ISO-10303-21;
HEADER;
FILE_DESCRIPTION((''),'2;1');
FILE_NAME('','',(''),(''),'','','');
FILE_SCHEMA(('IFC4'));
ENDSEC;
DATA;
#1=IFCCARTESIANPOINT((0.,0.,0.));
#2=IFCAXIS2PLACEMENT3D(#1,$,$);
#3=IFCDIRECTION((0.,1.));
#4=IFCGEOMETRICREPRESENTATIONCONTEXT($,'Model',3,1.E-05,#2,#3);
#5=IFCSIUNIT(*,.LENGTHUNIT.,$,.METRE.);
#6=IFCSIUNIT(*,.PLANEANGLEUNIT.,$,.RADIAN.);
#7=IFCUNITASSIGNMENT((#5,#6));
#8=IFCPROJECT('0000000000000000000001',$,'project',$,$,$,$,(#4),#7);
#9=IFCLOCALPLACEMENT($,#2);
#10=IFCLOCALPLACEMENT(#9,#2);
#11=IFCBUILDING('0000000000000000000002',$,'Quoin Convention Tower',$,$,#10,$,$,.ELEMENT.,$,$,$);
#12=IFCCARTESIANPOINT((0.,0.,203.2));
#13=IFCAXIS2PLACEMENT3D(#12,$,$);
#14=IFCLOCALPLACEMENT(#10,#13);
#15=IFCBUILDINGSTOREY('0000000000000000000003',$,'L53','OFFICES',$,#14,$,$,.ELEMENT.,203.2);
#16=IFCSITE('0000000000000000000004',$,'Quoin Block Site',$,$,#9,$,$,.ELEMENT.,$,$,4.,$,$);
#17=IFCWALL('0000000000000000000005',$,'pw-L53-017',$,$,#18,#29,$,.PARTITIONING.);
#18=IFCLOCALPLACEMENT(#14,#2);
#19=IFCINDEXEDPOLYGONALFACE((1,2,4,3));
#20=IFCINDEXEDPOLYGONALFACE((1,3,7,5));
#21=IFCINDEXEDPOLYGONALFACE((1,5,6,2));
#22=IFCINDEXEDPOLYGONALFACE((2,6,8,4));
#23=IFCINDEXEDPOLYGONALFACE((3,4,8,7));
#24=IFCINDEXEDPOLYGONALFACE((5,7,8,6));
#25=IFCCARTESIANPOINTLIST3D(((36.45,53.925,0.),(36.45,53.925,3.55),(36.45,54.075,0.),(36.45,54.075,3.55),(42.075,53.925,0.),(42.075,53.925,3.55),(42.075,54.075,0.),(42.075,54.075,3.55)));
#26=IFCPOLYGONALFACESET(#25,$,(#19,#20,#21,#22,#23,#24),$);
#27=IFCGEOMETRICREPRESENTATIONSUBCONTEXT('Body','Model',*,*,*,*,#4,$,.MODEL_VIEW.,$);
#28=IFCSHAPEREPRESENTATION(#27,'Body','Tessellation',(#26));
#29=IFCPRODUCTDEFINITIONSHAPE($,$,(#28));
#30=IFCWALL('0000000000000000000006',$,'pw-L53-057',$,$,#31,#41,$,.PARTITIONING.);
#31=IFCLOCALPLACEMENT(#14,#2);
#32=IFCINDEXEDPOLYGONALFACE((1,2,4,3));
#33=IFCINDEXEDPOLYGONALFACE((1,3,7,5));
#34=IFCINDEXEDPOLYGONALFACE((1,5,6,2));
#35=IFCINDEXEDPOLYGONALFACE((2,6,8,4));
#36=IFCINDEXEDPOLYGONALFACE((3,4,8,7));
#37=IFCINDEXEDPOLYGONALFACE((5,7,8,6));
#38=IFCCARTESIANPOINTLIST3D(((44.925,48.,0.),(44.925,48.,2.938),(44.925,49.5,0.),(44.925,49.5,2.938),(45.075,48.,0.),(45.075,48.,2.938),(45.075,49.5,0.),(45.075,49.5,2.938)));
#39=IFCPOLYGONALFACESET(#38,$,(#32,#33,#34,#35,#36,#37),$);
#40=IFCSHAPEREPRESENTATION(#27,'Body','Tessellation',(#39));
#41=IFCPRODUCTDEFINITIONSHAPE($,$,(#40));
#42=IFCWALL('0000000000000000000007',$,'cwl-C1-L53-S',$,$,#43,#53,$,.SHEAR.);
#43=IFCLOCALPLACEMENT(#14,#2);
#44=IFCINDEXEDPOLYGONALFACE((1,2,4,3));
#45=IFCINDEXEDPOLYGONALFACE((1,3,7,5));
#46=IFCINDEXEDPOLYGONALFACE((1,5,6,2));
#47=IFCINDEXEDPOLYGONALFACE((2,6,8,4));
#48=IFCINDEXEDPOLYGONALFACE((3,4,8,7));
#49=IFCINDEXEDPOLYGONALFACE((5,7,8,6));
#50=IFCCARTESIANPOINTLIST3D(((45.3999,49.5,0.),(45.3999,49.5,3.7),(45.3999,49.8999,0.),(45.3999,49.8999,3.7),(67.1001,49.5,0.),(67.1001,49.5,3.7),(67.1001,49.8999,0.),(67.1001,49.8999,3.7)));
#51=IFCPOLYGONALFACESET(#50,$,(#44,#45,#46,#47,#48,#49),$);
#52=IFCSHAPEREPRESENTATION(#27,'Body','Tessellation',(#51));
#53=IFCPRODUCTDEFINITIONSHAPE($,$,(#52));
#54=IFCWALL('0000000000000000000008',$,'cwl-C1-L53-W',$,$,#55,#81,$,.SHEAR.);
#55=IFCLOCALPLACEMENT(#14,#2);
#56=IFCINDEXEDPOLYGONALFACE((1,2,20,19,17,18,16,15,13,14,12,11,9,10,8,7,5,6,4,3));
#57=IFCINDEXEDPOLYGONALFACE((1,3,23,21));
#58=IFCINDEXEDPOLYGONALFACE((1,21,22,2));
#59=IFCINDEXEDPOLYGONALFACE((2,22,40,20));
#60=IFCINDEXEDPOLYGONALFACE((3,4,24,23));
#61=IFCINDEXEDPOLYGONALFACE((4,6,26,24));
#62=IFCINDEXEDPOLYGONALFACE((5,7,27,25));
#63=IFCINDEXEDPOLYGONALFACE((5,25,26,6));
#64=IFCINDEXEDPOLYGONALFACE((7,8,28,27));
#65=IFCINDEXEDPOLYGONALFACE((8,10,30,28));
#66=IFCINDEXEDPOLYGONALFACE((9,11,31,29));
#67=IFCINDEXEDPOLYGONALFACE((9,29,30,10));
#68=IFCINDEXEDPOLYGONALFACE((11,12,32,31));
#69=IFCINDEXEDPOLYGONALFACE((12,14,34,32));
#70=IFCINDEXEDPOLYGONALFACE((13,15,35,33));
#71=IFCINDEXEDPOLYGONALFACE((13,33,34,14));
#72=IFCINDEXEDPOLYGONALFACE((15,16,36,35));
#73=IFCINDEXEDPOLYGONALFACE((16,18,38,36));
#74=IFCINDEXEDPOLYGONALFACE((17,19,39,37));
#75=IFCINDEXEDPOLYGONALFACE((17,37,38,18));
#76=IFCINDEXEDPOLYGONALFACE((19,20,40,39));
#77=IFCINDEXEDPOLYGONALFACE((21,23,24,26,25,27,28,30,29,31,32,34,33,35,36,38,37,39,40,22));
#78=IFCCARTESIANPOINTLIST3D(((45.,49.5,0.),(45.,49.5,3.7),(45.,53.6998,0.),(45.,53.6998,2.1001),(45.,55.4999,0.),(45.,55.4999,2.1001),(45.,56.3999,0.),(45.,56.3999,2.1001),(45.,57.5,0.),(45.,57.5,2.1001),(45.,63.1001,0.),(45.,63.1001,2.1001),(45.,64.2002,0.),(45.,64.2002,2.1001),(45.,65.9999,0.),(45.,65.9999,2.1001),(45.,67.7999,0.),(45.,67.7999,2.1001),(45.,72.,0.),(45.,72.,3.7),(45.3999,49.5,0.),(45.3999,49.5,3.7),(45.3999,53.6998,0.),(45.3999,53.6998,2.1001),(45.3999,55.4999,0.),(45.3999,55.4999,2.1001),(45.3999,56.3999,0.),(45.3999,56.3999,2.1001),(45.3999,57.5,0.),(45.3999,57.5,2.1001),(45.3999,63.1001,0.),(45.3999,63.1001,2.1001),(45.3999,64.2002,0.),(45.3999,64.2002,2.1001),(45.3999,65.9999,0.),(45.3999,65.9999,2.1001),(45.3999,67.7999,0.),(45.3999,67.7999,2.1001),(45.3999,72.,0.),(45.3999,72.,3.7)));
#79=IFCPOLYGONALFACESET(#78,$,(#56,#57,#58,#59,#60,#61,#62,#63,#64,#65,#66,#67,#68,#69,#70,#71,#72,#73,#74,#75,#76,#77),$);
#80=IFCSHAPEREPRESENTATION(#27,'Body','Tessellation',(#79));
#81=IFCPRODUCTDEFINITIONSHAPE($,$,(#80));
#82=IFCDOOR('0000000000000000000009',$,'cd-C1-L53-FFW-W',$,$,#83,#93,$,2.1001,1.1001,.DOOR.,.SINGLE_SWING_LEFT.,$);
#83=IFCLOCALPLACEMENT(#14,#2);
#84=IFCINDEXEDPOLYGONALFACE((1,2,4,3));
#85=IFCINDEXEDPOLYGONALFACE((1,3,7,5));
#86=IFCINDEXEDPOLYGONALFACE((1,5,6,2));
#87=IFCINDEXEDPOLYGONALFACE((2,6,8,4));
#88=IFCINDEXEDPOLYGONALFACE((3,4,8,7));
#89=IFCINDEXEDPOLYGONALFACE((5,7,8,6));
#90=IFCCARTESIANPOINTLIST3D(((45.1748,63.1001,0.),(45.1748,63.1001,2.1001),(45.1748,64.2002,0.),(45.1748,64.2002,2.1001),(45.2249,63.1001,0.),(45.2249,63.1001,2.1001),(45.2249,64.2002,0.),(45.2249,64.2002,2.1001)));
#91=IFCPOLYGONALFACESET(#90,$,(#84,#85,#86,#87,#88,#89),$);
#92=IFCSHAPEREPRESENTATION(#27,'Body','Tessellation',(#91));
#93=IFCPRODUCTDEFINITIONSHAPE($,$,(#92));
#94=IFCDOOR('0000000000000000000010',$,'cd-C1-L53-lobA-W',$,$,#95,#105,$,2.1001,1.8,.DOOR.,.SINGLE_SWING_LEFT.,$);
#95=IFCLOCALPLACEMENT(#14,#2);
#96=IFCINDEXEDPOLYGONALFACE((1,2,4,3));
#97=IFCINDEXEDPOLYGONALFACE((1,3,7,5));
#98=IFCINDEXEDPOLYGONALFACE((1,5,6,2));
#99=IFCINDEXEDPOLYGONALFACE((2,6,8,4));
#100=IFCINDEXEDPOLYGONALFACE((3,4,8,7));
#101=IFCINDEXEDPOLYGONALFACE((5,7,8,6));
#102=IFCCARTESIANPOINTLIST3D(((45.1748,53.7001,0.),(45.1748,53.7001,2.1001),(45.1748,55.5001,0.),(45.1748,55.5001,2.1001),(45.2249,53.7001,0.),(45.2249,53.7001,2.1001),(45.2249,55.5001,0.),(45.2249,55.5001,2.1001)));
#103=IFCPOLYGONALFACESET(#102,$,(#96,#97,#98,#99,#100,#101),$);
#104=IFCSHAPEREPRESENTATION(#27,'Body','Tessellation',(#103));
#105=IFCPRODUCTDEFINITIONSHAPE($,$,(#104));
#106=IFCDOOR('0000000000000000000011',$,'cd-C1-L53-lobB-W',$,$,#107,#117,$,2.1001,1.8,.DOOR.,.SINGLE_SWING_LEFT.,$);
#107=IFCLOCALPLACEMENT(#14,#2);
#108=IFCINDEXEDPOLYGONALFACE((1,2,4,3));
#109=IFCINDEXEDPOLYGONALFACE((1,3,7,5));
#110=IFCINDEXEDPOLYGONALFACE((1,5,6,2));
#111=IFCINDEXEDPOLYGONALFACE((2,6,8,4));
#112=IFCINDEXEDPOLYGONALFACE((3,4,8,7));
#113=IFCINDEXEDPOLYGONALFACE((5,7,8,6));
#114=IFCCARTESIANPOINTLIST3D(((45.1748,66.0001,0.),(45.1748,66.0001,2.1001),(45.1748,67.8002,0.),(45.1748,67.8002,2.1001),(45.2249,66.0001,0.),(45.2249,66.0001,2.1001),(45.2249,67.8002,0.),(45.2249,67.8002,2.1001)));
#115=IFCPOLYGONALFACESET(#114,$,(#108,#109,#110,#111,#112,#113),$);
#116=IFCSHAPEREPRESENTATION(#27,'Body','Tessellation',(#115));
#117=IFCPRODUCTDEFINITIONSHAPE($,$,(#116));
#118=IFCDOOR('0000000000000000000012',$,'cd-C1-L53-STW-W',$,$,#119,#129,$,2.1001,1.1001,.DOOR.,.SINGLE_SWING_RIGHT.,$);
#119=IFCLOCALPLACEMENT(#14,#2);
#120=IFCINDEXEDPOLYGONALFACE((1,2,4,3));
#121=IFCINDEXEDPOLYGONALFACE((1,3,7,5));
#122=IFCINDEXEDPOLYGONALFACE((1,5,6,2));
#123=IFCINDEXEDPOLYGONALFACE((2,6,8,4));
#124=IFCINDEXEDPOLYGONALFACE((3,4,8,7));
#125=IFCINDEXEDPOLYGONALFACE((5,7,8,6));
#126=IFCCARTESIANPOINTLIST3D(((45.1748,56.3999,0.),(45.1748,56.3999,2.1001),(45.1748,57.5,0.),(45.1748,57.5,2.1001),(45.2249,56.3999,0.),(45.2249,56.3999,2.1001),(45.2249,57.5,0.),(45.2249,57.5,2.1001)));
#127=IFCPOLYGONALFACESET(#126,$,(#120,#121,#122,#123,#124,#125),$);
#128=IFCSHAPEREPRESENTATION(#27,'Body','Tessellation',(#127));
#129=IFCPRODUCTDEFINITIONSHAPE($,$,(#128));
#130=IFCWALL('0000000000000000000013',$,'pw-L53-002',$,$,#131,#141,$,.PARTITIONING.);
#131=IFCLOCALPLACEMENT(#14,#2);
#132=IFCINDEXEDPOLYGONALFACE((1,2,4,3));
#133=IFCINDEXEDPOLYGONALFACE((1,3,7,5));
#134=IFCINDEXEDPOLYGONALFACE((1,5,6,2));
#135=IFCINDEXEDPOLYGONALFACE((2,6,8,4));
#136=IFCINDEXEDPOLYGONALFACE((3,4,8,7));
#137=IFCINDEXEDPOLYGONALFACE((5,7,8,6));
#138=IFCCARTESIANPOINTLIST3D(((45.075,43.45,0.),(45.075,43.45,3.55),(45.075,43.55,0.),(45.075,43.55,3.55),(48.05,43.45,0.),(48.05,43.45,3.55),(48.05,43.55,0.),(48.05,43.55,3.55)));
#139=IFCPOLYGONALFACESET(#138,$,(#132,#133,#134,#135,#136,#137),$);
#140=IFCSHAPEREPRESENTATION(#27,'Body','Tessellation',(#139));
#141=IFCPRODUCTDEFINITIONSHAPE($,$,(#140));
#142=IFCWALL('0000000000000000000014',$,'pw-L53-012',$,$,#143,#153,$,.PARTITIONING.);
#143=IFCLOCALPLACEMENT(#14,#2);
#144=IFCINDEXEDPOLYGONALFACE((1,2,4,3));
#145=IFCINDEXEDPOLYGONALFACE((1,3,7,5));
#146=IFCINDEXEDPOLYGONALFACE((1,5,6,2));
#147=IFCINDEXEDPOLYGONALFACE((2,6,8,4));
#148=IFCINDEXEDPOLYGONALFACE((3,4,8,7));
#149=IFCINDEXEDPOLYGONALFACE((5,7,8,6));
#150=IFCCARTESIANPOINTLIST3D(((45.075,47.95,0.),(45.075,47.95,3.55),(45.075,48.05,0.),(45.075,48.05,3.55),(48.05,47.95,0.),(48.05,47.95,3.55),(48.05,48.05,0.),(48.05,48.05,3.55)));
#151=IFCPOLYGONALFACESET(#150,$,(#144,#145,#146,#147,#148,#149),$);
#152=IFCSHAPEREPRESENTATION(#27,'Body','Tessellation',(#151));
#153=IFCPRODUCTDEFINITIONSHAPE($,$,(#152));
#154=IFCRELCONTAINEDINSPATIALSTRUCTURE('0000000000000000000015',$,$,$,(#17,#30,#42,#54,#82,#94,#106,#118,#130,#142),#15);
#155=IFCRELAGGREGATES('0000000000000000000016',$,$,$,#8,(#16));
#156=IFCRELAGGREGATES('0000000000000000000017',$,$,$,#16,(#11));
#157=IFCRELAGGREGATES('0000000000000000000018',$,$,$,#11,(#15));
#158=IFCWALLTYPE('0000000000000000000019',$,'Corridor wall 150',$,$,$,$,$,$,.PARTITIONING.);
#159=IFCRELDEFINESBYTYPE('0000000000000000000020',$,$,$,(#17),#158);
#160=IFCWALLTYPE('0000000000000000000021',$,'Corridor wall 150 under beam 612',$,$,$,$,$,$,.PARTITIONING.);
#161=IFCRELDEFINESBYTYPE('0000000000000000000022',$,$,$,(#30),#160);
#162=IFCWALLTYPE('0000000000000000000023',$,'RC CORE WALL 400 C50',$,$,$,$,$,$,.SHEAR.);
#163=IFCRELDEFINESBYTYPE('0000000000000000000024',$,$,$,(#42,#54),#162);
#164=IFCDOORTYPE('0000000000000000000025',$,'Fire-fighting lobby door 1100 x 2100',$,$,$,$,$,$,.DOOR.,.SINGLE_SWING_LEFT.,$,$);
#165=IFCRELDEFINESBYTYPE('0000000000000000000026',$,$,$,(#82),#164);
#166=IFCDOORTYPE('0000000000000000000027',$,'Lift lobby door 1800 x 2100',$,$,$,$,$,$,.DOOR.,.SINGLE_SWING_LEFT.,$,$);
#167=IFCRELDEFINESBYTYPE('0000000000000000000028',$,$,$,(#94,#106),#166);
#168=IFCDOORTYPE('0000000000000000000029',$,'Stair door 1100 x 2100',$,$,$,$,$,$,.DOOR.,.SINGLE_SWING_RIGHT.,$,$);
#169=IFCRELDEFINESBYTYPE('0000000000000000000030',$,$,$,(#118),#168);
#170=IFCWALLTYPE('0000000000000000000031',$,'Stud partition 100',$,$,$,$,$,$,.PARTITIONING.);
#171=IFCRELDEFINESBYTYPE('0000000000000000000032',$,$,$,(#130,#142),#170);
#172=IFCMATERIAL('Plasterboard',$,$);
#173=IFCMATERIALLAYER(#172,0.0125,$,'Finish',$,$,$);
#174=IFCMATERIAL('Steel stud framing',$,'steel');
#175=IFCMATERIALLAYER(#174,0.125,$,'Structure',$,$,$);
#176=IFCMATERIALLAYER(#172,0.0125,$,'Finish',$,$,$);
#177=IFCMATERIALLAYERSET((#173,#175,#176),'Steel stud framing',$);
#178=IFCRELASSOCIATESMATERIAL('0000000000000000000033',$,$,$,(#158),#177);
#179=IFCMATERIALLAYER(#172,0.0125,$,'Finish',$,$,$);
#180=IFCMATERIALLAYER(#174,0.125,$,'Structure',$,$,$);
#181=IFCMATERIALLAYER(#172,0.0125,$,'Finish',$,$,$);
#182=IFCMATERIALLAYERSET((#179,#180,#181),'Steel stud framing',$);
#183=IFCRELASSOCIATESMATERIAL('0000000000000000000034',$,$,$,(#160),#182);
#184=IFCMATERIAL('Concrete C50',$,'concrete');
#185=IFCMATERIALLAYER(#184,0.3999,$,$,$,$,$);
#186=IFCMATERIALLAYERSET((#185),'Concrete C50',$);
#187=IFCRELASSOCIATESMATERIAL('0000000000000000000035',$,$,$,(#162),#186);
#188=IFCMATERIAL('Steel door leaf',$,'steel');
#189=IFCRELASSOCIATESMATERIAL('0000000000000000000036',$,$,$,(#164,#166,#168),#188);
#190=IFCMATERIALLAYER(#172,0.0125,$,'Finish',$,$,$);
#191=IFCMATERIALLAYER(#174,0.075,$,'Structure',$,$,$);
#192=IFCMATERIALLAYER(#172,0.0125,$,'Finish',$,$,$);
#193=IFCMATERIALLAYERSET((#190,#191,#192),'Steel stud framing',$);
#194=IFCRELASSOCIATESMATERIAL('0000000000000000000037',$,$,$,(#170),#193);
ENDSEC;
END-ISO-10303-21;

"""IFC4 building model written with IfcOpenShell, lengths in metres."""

from ifc_helpers import new_model, si_unit, direction, frame, frame_2d, origin, place, context, subcontext, project, spatial, rectangle, extrude, material, layer, layer_set, type_object, element, fill, save


model = new_model("IFC4")

# Units and contexts
model_context = context("Model", 3, precision=1e-05, world=origin(), true_north=direction((0.0, 1.0)))
body_context = subcontext(model_context, "Body", "Model", "MODEL_VIEW")
ifc_project = project(units=[si_unit("LENGTHUNIT", "METRE"), si_unit("PLANEANGLEUNIT", "RADIAN")], contexts=[model_context])

# Site, building, storey
site_placement = place(None, origin())
site = spatial("IfcSite", under=ifc_project, at=site_placement, Name="Quoin Block Site", CompositionType="ELEMENT", RefElevation=4.0)
building_placement = place(site_placement, origin())
building = spatial("IfcBuilding", under=site, at=building_placement, Name="Quoin Convention Tower", CompositionType="ELEMENT")
storey_placement = place(building_placement, frame((0.0, 0.0, 203.2)))
storey = spatial("IfcBuildingStorey", under=building, at=storey_placement, Name="L53", Description="OFFICES", CompositionType="ELEMENT", Elevation=203.2)

# Shared definitions
ifc_material_1 = material(Name="Plasterboard")
ifc_material_2 = material(Name="Steel stud framing", Category="steel")
ifc_material_3 = material(Name="Steel door leaf", Category="steel")

# Walls
ifc_material_4 = material(Name="Concrete C50", Category="concrete")
ifc_layer_1 = layer(ifc_material_1, 0.0125, Name="Finish")
ifc_layer_2 = layer(ifc_material_2, 0.125, Name="Structure")
ifc_layer_3 = layer(ifc_material_1, 0.0125, Name="Finish")
ifc_layer_set_1 = layer_set([ifc_layer_1, ifc_layer_2, ifc_layer_3], Name="Steel stud framing")
wall_type_1 = type_object("IfcWallType", Name="Corridor wall 150", PredefinedType="PARTITIONING", material=ifc_layer_set_1)
wall_1_placement = place(storey_placement, frame((36.45, 54.0, 0.0), z_axis=(0.0, 0.0, 1.0), x_axis=(1.0, 0.0, 0.0)))
element("IfcWall", 1, at=wall_1_placement, inside=storey, type_object=wall_type_1, Name="pw-L53-017", PredefinedType="PARTITIONING", context=body_context, shape_type="SweptSolid", body=[
    extrude(rectangle(XDim=5.625, YDim=0.1499, at=frame_2d((2.8125, 0.0))), origin(), (0.0, 0.0, 1.0), 3.55),
])
ifc_layer_4 = layer(ifc_material_1, 0.0125, Name="Finish")
ifc_layer_5 = layer(ifc_material_2, 0.125, Name="Structure")
ifc_layer_6 = layer(ifc_material_1, 0.0125, Name="Finish")
ifc_layer_set_2 = layer_set([ifc_layer_4, ifc_layer_5, ifc_layer_6], Name="Steel stud framing")
wall_type_2 = type_object("IfcWallType", Name="Corridor wall 150 under beam 612", PredefinedType="PARTITIONING", material=ifc_layer_set_2)
wall_2_placement = place(storey_placement, frame((45.0, 48.0, 0.0), z_axis=(0.0, 0.0, 1.0), x_axis=(0.0, 1.0, 0.0)))
element("IfcWall", 2, at=wall_2_placement, inside=storey, type_object=wall_type_2, Name="pw-L53-057", PredefinedType="PARTITIONING", context=body_context, shape_type="SweptSolid", body=[
    extrude(rectangle(XDim=1.5, YDim=0.1499, at=frame_2d((0.75, 0.0))), origin(), (0.0, 0.0, 1.0), 2.938),
])
ifc_layer_7 = layer(ifc_material_4, 0.3999)
ifc_layer_set_3 = layer_set([ifc_layer_7], Name="Concrete C50")
wall_type_3 = type_object("IfcWallType", Name="RC CORE WALL 400 C50", PredefinedType="SHEAR", material=ifc_layer_set_3)
wall_3_placement = place(storey_placement, frame((45.3999, 49.7, 0.0), z_axis=(0.0, 0.0, 1.0), x_axis=(1.0, 0.0, 0.0)))
element("IfcWall", 3, at=wall_3_placement, inside=storey, type_object=wall_type_3, Name="cwl-C1-L53-S", PredefinedType="SHEAR", context=body_context, shape_type="SweptSolid", body=[
    extrude(rectangle(XDim=21.7002, YDim=0.3999, at=frame_2d((10.8501, 0.0))), origin(), (0.0, 0.0, 1.0), 3.7),
])

# Wall, openings, doors
wall_4_placement = place(storey_placement, frame((45.2, 49.5, 0.0), z_axis=(0.0, 0.0, 1.0), x_axis=(0.0, 1.0, 0.0)))
wall_4 = element("IfcWall", 4, at=wall_4_placement, inside=storey, type_object=wall_type_3, Name="cwl-C1-L53-W", PredefinedType="SHEAR", context=body_context, shape_type="SweptSolid", body=[
    extrude(rectangle(XDim=22.5, YDim=0.3999, at=frame_2d((11.25, 0.0))), origin(), (0.0, 0.0, 1.0), 3.7),
])
opening_1_placement = place(wall_4_placement, frame((4.2, 0.0, 0.0)))
opening_1 = element("IfcOpeningElement", 5, at=opening_1_placement, cuts=wall_4, PredefinedType="OPENING", context=body_context, shape_type="SweptSolid", body=[
    extrude(rectangle(XDim=1.8, YDim=2.1001, at=frame_2d((0.8999, 1.05))), frame((0.0, 0.21, 0.0), z_axis=(0.0, -1.0, 0.0), x_axis=(1.0, 0.0, 0.0)), (0.0, 0.0, 1.0), 0.4199),
])
opening_2_placement = place(wall_4_placement, frame((6.8999, 0.0, 0.0)))
opening_2 = element("IfcOpeningElement", 6, at=opening_2_placement, cuts=wall_4, PredefinedType="OPENING", context=body_context, shape_type="SweptSolid", body=[
    extrude(rectangle(XDim=1.1001, YDim=2.1001, at=frame_2d((0.55, 1.05))), frame((0.0, 0.21, 0.0), z_axis=(0.0, -1.0, 0.0), x_axis=(1.0, 0.0, 0.0)), (0.0, 0.0, 1.0), 0.4199),
])
opening_3_placement = place(wall_4_placement, frame((13.6001, 0.0, 0.0)))
opening_3 = element("IfcOpeningElement", 7, at=opening_3_placement, cuts=wall_4, PredefinedType="OPENING", context=body_context, shape_type="SweptSolid", body=[
    extrude(rectangle(XDim=1.1001, YDim=2.1001, at=frame_2d((0.55, 1.05))), frame((0.0, 0.21, 0.0), z_axis=(0.0, -1.0, 0.0), x_axis=(1.0, 0.0, 0.0)), (0.0, 0.0, 1.0), 0.4199),
])
opening_4_placement = place(wall_4_placement, frame((16.5, 0.0, 0.0)))
opening_4 = element("IfcOpeningElement", 8, at=opening_4_placement, cuts=wall_4, PredefinedType="OPENING", context=body_context, shape_type="SweptSolid", body=[
    extrude(rectangle(XDim=1.8, YDim=2.1001, at=frame_2d((0.8999, 1.05))), frame((0.0, 0.21, 0.0), z_axis=(0.0, -1.0, 0.0), x_axis=(1.0, 0.0, 0.0)), (0.0, 0.0, 1.0), 0.4199),
])
door_type_1 = type_object("IfcDoorType", Name="Fire-fighting lobby door 1100 x 2100", OperationType="SINGLE_SWING_LEFT", PredefinedType="DOOR", material=ifc_material_3)
door_1_placement = place(opening_3_placement, frame((1.1001, 0.0, 0.0), z_axis=(0.0, 0.0, 1.0), x_axis=(-1.0, 0.0, 0.0)))
door_1 = element("IfcDoor", 9, at=door_1_placement, inside=storey, type_object=door_type_1, Name="cd-C1-L53-FFW-W", OperationType="SINGLE_SWING_LEFT", OverallHeight=2.1001, OverallWidth=1.1001, PredefinedType="DOOR", context=body_context, shape_type="SweptSolid", body=[
    extrude(rectangle(XDim=1.1001, YDim=2.1001, at=frame_2d((0.55, 1.05))), frame((0.0, 0.0249, 0.0), z_axis=(0.0, -1.0, 0.0), x_axis=(1.0, 0.0, 0.0)), (0.0, 0.0, 1.0), 0.05),
])
fill(opening_3, door_1)
door_type_2 = type_object("IfcDoorType", Name="Lift lobby door 1800 x 2100", OperationType="SINGLE_SWING_LEFT", PredefinedType="DOOR", material=ifc_material_3)
door_2_placement = place(opening_1_placement, frame((1.8, 0.0, 0.0), z_axis=(0.0, 0.0, 1.0), x_axis=(-1.0, 0.0, 0.0)))
door_2 = element("IfcDoor", 10, at=door_2_placement, inside=storey, type_object=door_type_2, Name="cd-C1-L53-lobA-W", OperationType="SINGLE_SWING_LEFT", OverallHeight=2.1001, OverallWidth=1.8, PredefinedType="DOOR", context=body_context, shape_type="SweptSolid", body=[
    extrude(rectangle(XDim=1.8, YDim=2.1001, at=frame_2d((0.8999, 1.05))), frame((0.0, 0.0249, 0.0), z_axis=(0.0, -1.0, 0.0), x_axis=(1.0, 0.0, 0.0)), (0.0, 0.0, 1.0), 0.05),
])
fill(opening_1, door_2)
door_3_placement = place(opening_4_placement, frame((1.8, 0.0, 0.0), z_axis=(0.0, 0.0, 1.0), x_axis=(-1.0, 0.0, 0.0)))
door_3 = element("IfcDoor", 11, at=door_3_placement, inside=storey, type_object=door_type_2, Name="cd-C1-L53-lobB-W", OperationType="SINGLE_SWING_LEFT", OverallHeight=2.1001, OverallWidth=1.8, PredefinedType="DOOR", context=body_context, shape_type="SweptSolid", body=[
    extrude(rectangle(XDim=1.8, YDim=2.1001, at=frame_2d((0.8999, 1.05))), frame((0.0, 0.0249, 0.0), z_axis=(0.0, -1.0, 0.0), x_axis=(1.0, 0.0, 0.0)), (0.0, 0.0, 1.0), 0.05),
])
fill(opening_4, door_3)
door_type_3 = type_object("IfcDoorType", Name="Stair door 1100 x 2100", OperationType="SINGLE_SWING_RIGHT", PredefinedType="DOOR", material=ifc_material_3)
door_4_placement = place(opening_2_placement, frame((1.1001, 0.0, 0.0), z_axis=(0.0, 0.0, 1.0), x_axis=(-1.0, 0.0, 0.0)))
door_4 = element("IfcDoor", 12, at=door_4_placement, inside=storey, type_object=door_type_3, Name="cd-C1-L53-STW-W", OperationType="SINGLE_SWING_RIGHT", OverallHeight=2.1001, OverallWidth=1.1001, PredefinedType="DOOR", context=body_context, shape_type="SweptSolid", body=[
    extrude(rectangle(XDim=1.1001, YDim=2.1001, at=frame_2d((0.55, 1.05))), frame((0.0, 0.0249, 0.0), z_axis=(0.0, -1.0, 0.0), x_axis=(1.0, 0.0, 0.0)), (0.0, 0.0, 1.0), 0.05),
])
fill(opening_2, door_4)

# Walls
ifc_layer_8 = layer(ifc_material_1, 0.0125, Name="Finish")
ifc_layer_9 = layer(ifc_material_2, 0.075, Name="Structure")
ifc_layer_10 = layer(ifc_material_1, 0.0125, Name="Finish")
ifc_layer_set_4 = layer_set([ifc_layer_8, ifc_layer_9, ifc_layer_10], Name="Steel stud framing")
wall_type_4 = type_object("IfcWallType", Name="Stud partition 100", PredefinedType="PARTITIONING", material=ifc_layer_set_4)
for number, where, z_axis, x_axis, name in (
    (13, (45.075, 43.5, 0.0), (0.0, 0.0, 1.0), (1.0, 0.0, 0.0), "pw-L53-002"),
    (14, (45.075, 48.0, 0.0), (0.0, 0.0, 1.0), (1.0, 0.0, 0.0), "pw-L53-012"),
):
    element("IfcWall", number, at=place(storey_placement, frame(where, z_axis=z_axis, x_axis=x_axis)), inside=storey, type_object=wall_type_4, Name=name, PredefinedType="PARTITIONING", context=body_context, shape_type="SweptSolid", body=[
        extrude(rectangle(XDim=2.9751, YDim=0.1001, at=frame_2d((1.4875, 0.0))), origin(), (0.0, 0.0, 1.0), 3.55),
    ])

save(model, "model.ifc")
